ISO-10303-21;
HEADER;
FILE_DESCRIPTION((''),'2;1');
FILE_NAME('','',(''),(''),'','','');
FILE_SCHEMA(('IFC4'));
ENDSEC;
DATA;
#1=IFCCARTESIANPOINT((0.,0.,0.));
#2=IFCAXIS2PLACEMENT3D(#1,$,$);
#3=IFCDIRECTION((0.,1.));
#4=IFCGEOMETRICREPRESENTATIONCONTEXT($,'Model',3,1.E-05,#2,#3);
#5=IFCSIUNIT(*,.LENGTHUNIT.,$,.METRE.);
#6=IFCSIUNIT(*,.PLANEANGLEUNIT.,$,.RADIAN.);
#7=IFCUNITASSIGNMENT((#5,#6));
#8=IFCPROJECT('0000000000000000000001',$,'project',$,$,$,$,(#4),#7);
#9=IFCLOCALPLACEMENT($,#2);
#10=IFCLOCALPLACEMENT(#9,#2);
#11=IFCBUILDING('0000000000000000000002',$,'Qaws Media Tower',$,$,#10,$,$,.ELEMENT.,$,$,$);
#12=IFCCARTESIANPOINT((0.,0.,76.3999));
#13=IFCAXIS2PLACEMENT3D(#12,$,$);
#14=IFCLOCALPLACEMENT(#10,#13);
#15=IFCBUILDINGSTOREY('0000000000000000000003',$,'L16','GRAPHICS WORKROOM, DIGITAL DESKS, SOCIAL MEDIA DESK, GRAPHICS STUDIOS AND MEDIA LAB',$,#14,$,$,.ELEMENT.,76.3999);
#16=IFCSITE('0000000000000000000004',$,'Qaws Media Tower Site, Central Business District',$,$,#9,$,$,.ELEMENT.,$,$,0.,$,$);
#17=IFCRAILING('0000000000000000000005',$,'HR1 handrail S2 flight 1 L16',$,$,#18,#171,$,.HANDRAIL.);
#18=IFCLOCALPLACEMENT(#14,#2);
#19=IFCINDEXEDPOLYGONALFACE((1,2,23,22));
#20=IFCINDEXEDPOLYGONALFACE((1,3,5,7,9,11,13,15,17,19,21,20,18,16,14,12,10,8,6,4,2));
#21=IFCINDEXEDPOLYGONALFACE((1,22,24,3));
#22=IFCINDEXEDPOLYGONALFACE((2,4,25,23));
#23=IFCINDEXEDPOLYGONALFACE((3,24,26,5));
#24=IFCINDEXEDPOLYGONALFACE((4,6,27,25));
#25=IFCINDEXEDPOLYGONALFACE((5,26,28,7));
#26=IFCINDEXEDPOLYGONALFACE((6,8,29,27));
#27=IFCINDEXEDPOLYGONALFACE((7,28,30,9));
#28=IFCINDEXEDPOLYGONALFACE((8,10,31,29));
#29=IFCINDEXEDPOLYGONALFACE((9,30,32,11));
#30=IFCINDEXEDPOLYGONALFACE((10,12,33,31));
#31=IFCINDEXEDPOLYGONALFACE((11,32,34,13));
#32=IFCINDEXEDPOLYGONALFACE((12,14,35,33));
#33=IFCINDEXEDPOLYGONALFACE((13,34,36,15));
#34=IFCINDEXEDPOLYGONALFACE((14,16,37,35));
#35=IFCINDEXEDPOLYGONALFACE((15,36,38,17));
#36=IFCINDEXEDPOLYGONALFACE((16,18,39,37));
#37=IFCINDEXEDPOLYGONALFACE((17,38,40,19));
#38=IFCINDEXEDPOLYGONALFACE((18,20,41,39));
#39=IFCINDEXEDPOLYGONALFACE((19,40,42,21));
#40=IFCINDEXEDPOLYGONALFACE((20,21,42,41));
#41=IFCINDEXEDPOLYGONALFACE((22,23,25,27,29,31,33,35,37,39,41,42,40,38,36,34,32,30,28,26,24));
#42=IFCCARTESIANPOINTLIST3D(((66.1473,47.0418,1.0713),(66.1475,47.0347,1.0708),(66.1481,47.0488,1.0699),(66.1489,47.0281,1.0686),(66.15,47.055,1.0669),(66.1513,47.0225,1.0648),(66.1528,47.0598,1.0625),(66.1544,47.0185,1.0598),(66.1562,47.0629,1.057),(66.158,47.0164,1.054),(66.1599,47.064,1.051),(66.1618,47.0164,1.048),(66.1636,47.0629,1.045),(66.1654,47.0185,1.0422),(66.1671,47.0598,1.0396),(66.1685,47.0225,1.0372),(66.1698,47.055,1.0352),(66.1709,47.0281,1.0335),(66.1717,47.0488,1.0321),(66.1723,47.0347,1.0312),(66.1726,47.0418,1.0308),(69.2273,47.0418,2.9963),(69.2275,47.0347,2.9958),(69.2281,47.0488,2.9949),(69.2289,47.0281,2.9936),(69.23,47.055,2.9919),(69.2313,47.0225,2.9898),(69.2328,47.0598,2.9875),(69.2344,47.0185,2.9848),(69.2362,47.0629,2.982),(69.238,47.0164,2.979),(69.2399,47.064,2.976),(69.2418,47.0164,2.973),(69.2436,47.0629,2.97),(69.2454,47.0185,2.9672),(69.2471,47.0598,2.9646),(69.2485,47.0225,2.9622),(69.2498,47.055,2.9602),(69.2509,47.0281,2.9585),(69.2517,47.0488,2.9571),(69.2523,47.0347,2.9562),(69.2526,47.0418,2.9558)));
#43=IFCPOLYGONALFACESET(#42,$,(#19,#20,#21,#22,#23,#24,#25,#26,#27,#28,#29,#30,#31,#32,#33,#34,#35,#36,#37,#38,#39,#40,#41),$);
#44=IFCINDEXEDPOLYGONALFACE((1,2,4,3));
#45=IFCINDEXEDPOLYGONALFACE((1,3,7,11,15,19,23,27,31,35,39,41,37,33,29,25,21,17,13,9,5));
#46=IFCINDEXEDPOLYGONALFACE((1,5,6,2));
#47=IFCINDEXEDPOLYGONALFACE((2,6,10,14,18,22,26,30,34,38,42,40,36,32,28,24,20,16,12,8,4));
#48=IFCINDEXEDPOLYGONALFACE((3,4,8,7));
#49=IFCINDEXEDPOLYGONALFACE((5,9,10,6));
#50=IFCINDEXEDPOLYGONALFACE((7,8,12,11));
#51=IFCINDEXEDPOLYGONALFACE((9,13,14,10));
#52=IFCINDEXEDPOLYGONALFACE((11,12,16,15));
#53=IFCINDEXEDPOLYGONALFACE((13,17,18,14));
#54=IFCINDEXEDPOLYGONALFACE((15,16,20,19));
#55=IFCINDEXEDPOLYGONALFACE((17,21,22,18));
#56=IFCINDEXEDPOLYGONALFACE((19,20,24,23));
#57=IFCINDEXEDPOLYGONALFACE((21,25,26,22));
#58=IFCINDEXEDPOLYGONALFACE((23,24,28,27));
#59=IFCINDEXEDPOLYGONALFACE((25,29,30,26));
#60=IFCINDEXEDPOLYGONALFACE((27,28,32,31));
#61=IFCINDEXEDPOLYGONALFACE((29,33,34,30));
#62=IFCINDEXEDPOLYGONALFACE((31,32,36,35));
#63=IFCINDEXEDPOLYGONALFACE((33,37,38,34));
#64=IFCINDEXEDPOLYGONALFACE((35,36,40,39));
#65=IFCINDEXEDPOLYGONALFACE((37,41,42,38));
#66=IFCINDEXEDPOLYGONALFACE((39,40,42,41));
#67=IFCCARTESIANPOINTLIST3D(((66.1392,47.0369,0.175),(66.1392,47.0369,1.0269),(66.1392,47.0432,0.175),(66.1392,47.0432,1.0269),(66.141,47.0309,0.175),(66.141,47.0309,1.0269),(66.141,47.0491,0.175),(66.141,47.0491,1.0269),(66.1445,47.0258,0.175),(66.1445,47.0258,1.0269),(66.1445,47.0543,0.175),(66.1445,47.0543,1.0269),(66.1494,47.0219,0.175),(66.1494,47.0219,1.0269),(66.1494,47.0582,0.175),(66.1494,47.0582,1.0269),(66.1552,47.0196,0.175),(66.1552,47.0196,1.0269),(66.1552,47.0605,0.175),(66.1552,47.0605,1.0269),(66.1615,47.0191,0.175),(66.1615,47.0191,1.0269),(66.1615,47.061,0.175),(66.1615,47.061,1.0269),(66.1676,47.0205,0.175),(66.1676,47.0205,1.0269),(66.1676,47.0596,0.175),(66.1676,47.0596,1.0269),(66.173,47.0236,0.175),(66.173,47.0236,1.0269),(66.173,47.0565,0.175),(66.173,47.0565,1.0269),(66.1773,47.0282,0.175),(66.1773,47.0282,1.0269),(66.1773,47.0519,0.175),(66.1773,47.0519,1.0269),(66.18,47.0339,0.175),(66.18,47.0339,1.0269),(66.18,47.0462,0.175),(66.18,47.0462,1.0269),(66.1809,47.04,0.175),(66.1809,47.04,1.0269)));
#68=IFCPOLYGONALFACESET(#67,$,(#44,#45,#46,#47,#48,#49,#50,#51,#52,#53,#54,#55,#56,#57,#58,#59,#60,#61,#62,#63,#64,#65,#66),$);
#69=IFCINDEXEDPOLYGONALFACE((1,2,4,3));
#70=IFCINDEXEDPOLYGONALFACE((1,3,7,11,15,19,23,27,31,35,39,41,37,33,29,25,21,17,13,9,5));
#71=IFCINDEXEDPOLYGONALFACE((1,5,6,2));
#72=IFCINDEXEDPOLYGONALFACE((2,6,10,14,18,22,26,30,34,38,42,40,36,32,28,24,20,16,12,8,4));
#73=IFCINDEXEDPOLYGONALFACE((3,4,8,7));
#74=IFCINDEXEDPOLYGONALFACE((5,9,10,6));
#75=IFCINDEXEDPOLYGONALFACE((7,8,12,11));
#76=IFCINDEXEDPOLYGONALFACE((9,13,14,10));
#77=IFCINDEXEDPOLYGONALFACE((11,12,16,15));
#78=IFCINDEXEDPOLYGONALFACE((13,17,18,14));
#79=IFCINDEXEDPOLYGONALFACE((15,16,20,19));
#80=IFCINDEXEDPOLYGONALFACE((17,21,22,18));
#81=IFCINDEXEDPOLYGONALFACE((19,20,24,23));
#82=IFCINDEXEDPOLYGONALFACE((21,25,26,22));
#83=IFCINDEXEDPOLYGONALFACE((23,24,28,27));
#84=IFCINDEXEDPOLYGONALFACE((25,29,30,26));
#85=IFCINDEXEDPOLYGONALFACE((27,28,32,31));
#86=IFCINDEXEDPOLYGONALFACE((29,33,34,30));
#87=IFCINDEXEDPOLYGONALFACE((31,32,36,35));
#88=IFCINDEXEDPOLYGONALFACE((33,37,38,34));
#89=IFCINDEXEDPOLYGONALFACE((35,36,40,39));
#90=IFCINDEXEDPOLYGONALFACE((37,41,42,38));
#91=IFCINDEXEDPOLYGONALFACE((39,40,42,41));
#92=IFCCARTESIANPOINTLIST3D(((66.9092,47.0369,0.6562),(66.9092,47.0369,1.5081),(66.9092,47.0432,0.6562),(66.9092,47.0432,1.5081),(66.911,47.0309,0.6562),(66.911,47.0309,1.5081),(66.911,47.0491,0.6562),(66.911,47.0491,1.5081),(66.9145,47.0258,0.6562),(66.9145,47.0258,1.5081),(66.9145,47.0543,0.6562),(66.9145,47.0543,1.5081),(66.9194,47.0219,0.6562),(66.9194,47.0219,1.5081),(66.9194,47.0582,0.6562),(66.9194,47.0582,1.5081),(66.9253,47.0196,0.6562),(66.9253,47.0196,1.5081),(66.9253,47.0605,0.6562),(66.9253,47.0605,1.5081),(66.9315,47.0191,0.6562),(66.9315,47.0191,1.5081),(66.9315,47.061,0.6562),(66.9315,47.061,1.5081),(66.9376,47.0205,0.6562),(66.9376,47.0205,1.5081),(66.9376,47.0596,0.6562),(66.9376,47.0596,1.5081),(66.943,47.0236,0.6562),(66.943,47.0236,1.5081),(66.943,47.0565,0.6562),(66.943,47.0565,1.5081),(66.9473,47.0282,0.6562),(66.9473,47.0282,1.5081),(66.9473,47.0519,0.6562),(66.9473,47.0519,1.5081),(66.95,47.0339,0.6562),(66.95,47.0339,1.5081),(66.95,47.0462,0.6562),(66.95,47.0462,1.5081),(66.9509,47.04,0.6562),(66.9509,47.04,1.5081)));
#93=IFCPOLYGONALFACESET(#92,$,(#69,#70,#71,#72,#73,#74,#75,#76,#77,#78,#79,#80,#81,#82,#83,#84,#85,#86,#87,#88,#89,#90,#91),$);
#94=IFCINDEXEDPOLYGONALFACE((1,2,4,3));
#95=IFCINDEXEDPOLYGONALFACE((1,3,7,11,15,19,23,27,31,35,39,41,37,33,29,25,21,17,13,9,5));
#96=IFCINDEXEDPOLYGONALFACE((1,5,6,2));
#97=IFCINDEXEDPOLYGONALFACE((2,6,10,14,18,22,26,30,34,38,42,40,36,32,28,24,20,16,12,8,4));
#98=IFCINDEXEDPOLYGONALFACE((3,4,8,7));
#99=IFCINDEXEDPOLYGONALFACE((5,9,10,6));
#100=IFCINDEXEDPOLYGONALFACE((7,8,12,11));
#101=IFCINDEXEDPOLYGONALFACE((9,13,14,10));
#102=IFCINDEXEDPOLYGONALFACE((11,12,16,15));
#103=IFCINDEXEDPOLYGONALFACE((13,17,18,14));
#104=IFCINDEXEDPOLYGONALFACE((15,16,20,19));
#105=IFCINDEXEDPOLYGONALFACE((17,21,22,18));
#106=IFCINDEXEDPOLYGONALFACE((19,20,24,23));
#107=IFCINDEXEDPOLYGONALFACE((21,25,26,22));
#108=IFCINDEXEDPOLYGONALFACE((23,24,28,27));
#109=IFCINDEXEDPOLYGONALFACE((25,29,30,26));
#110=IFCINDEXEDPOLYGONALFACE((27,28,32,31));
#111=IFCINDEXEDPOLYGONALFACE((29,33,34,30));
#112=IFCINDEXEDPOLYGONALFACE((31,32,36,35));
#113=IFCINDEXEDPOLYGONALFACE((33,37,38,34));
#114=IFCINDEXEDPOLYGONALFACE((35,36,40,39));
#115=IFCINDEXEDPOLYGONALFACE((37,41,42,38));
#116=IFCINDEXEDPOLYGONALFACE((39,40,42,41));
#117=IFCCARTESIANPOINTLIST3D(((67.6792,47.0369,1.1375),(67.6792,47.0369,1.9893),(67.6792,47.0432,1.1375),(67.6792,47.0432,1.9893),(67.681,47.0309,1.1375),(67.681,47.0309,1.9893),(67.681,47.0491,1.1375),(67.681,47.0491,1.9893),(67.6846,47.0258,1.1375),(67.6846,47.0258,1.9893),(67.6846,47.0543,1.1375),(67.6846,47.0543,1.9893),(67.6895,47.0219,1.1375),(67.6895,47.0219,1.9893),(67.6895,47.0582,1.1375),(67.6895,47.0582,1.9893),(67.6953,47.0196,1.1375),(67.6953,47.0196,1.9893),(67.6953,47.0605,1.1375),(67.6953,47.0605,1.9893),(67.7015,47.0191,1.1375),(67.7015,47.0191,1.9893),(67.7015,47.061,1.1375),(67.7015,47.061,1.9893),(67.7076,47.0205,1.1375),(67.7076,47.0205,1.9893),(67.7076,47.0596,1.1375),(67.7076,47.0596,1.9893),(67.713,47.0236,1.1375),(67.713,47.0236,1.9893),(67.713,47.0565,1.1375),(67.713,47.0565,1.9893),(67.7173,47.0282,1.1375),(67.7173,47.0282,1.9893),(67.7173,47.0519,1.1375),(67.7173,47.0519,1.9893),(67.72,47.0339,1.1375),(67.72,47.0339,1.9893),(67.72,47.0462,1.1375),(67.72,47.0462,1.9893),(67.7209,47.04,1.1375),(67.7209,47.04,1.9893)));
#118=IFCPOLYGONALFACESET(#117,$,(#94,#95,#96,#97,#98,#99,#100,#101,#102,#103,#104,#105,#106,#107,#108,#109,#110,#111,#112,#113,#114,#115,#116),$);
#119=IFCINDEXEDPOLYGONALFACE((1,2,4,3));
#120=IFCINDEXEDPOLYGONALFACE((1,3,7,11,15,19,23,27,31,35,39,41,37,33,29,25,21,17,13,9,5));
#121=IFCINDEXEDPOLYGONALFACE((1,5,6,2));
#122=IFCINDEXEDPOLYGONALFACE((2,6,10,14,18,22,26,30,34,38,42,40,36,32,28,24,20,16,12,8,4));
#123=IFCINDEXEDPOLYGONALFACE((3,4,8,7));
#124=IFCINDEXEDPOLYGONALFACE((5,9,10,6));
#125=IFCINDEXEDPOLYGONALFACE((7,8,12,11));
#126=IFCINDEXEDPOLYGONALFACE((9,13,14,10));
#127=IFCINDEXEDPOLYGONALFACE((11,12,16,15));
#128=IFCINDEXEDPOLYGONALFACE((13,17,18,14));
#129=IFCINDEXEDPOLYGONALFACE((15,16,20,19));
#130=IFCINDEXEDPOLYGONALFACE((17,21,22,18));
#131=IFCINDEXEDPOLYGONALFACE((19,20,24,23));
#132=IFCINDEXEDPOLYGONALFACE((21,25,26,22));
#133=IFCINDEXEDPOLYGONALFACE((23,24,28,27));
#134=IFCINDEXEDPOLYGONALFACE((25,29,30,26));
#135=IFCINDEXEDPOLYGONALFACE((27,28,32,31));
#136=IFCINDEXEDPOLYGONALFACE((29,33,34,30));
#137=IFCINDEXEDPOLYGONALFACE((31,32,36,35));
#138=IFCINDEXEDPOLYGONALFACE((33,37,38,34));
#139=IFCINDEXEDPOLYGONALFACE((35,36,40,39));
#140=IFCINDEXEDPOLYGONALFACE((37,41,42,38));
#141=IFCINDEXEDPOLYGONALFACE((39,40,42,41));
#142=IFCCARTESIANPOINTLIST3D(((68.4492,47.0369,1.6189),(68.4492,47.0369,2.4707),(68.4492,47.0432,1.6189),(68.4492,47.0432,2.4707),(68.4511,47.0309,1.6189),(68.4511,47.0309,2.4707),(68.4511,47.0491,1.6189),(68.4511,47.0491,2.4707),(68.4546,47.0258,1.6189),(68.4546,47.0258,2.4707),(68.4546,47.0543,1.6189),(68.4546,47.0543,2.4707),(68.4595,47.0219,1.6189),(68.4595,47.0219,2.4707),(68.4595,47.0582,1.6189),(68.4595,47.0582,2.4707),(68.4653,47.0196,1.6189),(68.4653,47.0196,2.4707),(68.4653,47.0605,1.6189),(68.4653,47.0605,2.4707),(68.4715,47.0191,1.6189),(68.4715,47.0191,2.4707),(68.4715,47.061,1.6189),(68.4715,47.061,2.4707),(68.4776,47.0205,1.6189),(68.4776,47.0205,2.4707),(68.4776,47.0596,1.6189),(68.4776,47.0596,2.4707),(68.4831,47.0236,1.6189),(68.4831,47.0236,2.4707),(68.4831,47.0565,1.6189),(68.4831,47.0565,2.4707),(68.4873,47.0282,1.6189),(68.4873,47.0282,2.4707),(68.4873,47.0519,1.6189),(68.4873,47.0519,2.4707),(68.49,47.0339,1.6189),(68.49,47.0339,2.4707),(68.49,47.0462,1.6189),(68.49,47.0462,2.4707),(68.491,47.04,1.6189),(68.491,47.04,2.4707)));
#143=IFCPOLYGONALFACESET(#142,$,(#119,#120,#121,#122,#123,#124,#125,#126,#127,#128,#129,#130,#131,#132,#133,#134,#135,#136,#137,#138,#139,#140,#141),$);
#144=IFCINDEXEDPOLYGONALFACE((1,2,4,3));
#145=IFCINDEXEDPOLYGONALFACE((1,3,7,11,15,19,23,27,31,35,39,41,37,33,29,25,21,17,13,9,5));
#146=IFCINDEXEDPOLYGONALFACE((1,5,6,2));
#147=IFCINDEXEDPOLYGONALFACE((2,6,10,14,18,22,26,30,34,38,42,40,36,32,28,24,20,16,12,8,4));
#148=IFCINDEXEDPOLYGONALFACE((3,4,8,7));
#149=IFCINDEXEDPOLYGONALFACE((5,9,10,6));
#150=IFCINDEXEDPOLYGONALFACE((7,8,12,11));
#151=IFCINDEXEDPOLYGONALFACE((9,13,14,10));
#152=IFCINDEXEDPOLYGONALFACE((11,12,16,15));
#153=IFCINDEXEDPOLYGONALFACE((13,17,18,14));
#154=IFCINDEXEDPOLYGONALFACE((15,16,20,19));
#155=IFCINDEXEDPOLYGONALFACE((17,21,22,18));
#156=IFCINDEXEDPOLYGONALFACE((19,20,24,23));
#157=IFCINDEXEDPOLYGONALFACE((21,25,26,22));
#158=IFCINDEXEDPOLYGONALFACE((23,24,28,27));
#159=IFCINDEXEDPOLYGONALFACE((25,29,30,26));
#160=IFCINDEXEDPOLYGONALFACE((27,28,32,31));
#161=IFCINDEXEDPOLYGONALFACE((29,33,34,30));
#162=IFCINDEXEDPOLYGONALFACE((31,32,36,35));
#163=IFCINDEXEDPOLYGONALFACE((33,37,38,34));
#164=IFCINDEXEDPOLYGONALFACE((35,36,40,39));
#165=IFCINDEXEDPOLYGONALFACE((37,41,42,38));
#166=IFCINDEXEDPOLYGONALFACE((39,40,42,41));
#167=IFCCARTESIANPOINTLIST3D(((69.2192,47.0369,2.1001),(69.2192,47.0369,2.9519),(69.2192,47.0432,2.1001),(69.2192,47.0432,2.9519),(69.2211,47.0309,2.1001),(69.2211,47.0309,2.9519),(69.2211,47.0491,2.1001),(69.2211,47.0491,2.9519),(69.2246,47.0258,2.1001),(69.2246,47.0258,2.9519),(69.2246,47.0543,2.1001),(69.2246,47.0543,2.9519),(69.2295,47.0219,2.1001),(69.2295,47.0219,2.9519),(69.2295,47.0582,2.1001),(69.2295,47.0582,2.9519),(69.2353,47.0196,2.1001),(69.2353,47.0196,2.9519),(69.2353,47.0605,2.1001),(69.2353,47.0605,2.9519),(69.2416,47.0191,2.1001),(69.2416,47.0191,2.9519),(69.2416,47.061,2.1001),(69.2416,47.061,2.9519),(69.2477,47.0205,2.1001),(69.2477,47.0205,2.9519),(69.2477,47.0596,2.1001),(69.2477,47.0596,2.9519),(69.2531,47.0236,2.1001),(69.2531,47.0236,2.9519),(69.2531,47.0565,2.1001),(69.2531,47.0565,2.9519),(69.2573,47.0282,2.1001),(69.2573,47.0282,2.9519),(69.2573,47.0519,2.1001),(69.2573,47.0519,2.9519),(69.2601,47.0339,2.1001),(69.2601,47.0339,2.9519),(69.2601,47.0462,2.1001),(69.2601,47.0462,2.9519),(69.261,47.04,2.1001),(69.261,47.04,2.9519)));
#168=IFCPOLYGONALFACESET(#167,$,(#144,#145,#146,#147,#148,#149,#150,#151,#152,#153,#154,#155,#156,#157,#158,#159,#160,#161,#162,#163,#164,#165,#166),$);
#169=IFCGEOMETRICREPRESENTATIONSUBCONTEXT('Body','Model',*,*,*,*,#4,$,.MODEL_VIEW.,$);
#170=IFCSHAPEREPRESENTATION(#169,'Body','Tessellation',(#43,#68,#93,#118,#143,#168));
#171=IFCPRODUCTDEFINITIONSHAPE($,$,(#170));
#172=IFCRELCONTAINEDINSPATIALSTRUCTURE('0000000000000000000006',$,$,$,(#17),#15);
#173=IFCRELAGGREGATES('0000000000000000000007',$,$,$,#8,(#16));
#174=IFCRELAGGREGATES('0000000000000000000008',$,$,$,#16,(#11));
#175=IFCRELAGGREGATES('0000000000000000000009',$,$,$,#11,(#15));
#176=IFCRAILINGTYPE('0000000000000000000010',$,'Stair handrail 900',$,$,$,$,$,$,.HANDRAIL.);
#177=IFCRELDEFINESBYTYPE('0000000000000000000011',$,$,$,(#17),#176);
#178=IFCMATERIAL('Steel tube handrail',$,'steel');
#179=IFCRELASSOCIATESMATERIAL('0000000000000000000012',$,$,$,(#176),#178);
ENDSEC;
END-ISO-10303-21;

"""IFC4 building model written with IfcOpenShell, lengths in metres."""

from ifc_helpers import new_model, si_unit, direction, frame, origin, origin_2d, place, context, subcontext, project, spatial, circle, extrude, material, type_object, element, save


model = new_model("IFC4")

# Units and contexts
model_context = context("Model", 3, precision=1e-05, world=origin(), true_north=direction((0.0, 1.0)))
body_context = subcontext(model_context, "Body", "Model", "MODEL_VIEW")
ifc_project = project(units=[si_unit("LENGTHUNIT", "METRE"), si_unit("PLANEANGLEUNIT", "RADIAN")], contexts=[model_context])

# Site, building, storey
site_placement = place(None, origin())
site = spatial("IfcSite", under=ifc_project, at=site_placement, Name="Qaws Media Tower Site, Central Business District", CompositionType="ELEMENT", RefElevation=0.0)
building_placement = place(site_placement, origin())
building = spatial("IfcBuilding", under=site, at=building_placement, Name="Qaws Media Tower", CompositionType="ELEMENT")
storey_placement = place(building_placement, frame((0.0, 0.0, 76.3999)))
storey = spatial("IfcBuildingStorey", under=building, at=storey_placement, Name="L16", Description="GRAPHICS WORKROOM, DIGITAL DESKS, SOCIAL MEDIA DESK, GRAPHICS STUDIOS AND MEDIA LAB", CompositionType="ELEMENT", Elevation=76.3999)

# Railing
ifc_material_1 = material(Name="Steel tube handrail", Category="steel")
railing_type = type_object("IfcRailingType", Name="Stair handrail 900", PredefinedType="HANDRAIL", material=ifc_material_1)
for number, where, name in (
    (1, (66.1599, 47.04, 0.175), "HR1 handrail S2 flight 1 L16"),
):
    element("IfcRailing", number, at=place(storey_placement, frame(where)), inside=storey, type_object=railing_type, Name=name, PredefinedType="HANDRAIL", context=body_context, shape_type="SweptSolid", body=[
        extrude(circle(Radius=0.0239, at=origin_2d()), frame((0.0, 0.0, 0.876), z_axis=(0.847998, 0.0, 0.529999), x_axis=(0.0, 1.0, 0.0)), (0.0, 0.0, 1.0), 3.6321),
        extrude(circle(Radius=0.021, at=origin_2d()), origin(), (0.0, 0.0, 1.0), 0.8518),
        extrude(circle(Radius=0.021, at=origin_2d()), frame((0.77, 0.0, 0.4812)), (0.0, 0.0, 1.0), 0.8518),
        extrude(circle(Radius=0.021, at=origin_2d()), frame((1.54, 0.0, 0.9624)), (0.0, 0.0, 1.0), 0.8518),
        extrude(circle(Radius=0.021, at=origin_2d()), frame((2.3101, 0.0, 1.4438)), (0.0, 0.0, 1.0), 0.8518),
        extrude(circle(Radius=0.021, at=origin_2d()), frame((3.0801, 0.0, 1.925)), (0.0, 0.0, 1.0), 0.8518),
    ])

save(model, "model.ifc")
